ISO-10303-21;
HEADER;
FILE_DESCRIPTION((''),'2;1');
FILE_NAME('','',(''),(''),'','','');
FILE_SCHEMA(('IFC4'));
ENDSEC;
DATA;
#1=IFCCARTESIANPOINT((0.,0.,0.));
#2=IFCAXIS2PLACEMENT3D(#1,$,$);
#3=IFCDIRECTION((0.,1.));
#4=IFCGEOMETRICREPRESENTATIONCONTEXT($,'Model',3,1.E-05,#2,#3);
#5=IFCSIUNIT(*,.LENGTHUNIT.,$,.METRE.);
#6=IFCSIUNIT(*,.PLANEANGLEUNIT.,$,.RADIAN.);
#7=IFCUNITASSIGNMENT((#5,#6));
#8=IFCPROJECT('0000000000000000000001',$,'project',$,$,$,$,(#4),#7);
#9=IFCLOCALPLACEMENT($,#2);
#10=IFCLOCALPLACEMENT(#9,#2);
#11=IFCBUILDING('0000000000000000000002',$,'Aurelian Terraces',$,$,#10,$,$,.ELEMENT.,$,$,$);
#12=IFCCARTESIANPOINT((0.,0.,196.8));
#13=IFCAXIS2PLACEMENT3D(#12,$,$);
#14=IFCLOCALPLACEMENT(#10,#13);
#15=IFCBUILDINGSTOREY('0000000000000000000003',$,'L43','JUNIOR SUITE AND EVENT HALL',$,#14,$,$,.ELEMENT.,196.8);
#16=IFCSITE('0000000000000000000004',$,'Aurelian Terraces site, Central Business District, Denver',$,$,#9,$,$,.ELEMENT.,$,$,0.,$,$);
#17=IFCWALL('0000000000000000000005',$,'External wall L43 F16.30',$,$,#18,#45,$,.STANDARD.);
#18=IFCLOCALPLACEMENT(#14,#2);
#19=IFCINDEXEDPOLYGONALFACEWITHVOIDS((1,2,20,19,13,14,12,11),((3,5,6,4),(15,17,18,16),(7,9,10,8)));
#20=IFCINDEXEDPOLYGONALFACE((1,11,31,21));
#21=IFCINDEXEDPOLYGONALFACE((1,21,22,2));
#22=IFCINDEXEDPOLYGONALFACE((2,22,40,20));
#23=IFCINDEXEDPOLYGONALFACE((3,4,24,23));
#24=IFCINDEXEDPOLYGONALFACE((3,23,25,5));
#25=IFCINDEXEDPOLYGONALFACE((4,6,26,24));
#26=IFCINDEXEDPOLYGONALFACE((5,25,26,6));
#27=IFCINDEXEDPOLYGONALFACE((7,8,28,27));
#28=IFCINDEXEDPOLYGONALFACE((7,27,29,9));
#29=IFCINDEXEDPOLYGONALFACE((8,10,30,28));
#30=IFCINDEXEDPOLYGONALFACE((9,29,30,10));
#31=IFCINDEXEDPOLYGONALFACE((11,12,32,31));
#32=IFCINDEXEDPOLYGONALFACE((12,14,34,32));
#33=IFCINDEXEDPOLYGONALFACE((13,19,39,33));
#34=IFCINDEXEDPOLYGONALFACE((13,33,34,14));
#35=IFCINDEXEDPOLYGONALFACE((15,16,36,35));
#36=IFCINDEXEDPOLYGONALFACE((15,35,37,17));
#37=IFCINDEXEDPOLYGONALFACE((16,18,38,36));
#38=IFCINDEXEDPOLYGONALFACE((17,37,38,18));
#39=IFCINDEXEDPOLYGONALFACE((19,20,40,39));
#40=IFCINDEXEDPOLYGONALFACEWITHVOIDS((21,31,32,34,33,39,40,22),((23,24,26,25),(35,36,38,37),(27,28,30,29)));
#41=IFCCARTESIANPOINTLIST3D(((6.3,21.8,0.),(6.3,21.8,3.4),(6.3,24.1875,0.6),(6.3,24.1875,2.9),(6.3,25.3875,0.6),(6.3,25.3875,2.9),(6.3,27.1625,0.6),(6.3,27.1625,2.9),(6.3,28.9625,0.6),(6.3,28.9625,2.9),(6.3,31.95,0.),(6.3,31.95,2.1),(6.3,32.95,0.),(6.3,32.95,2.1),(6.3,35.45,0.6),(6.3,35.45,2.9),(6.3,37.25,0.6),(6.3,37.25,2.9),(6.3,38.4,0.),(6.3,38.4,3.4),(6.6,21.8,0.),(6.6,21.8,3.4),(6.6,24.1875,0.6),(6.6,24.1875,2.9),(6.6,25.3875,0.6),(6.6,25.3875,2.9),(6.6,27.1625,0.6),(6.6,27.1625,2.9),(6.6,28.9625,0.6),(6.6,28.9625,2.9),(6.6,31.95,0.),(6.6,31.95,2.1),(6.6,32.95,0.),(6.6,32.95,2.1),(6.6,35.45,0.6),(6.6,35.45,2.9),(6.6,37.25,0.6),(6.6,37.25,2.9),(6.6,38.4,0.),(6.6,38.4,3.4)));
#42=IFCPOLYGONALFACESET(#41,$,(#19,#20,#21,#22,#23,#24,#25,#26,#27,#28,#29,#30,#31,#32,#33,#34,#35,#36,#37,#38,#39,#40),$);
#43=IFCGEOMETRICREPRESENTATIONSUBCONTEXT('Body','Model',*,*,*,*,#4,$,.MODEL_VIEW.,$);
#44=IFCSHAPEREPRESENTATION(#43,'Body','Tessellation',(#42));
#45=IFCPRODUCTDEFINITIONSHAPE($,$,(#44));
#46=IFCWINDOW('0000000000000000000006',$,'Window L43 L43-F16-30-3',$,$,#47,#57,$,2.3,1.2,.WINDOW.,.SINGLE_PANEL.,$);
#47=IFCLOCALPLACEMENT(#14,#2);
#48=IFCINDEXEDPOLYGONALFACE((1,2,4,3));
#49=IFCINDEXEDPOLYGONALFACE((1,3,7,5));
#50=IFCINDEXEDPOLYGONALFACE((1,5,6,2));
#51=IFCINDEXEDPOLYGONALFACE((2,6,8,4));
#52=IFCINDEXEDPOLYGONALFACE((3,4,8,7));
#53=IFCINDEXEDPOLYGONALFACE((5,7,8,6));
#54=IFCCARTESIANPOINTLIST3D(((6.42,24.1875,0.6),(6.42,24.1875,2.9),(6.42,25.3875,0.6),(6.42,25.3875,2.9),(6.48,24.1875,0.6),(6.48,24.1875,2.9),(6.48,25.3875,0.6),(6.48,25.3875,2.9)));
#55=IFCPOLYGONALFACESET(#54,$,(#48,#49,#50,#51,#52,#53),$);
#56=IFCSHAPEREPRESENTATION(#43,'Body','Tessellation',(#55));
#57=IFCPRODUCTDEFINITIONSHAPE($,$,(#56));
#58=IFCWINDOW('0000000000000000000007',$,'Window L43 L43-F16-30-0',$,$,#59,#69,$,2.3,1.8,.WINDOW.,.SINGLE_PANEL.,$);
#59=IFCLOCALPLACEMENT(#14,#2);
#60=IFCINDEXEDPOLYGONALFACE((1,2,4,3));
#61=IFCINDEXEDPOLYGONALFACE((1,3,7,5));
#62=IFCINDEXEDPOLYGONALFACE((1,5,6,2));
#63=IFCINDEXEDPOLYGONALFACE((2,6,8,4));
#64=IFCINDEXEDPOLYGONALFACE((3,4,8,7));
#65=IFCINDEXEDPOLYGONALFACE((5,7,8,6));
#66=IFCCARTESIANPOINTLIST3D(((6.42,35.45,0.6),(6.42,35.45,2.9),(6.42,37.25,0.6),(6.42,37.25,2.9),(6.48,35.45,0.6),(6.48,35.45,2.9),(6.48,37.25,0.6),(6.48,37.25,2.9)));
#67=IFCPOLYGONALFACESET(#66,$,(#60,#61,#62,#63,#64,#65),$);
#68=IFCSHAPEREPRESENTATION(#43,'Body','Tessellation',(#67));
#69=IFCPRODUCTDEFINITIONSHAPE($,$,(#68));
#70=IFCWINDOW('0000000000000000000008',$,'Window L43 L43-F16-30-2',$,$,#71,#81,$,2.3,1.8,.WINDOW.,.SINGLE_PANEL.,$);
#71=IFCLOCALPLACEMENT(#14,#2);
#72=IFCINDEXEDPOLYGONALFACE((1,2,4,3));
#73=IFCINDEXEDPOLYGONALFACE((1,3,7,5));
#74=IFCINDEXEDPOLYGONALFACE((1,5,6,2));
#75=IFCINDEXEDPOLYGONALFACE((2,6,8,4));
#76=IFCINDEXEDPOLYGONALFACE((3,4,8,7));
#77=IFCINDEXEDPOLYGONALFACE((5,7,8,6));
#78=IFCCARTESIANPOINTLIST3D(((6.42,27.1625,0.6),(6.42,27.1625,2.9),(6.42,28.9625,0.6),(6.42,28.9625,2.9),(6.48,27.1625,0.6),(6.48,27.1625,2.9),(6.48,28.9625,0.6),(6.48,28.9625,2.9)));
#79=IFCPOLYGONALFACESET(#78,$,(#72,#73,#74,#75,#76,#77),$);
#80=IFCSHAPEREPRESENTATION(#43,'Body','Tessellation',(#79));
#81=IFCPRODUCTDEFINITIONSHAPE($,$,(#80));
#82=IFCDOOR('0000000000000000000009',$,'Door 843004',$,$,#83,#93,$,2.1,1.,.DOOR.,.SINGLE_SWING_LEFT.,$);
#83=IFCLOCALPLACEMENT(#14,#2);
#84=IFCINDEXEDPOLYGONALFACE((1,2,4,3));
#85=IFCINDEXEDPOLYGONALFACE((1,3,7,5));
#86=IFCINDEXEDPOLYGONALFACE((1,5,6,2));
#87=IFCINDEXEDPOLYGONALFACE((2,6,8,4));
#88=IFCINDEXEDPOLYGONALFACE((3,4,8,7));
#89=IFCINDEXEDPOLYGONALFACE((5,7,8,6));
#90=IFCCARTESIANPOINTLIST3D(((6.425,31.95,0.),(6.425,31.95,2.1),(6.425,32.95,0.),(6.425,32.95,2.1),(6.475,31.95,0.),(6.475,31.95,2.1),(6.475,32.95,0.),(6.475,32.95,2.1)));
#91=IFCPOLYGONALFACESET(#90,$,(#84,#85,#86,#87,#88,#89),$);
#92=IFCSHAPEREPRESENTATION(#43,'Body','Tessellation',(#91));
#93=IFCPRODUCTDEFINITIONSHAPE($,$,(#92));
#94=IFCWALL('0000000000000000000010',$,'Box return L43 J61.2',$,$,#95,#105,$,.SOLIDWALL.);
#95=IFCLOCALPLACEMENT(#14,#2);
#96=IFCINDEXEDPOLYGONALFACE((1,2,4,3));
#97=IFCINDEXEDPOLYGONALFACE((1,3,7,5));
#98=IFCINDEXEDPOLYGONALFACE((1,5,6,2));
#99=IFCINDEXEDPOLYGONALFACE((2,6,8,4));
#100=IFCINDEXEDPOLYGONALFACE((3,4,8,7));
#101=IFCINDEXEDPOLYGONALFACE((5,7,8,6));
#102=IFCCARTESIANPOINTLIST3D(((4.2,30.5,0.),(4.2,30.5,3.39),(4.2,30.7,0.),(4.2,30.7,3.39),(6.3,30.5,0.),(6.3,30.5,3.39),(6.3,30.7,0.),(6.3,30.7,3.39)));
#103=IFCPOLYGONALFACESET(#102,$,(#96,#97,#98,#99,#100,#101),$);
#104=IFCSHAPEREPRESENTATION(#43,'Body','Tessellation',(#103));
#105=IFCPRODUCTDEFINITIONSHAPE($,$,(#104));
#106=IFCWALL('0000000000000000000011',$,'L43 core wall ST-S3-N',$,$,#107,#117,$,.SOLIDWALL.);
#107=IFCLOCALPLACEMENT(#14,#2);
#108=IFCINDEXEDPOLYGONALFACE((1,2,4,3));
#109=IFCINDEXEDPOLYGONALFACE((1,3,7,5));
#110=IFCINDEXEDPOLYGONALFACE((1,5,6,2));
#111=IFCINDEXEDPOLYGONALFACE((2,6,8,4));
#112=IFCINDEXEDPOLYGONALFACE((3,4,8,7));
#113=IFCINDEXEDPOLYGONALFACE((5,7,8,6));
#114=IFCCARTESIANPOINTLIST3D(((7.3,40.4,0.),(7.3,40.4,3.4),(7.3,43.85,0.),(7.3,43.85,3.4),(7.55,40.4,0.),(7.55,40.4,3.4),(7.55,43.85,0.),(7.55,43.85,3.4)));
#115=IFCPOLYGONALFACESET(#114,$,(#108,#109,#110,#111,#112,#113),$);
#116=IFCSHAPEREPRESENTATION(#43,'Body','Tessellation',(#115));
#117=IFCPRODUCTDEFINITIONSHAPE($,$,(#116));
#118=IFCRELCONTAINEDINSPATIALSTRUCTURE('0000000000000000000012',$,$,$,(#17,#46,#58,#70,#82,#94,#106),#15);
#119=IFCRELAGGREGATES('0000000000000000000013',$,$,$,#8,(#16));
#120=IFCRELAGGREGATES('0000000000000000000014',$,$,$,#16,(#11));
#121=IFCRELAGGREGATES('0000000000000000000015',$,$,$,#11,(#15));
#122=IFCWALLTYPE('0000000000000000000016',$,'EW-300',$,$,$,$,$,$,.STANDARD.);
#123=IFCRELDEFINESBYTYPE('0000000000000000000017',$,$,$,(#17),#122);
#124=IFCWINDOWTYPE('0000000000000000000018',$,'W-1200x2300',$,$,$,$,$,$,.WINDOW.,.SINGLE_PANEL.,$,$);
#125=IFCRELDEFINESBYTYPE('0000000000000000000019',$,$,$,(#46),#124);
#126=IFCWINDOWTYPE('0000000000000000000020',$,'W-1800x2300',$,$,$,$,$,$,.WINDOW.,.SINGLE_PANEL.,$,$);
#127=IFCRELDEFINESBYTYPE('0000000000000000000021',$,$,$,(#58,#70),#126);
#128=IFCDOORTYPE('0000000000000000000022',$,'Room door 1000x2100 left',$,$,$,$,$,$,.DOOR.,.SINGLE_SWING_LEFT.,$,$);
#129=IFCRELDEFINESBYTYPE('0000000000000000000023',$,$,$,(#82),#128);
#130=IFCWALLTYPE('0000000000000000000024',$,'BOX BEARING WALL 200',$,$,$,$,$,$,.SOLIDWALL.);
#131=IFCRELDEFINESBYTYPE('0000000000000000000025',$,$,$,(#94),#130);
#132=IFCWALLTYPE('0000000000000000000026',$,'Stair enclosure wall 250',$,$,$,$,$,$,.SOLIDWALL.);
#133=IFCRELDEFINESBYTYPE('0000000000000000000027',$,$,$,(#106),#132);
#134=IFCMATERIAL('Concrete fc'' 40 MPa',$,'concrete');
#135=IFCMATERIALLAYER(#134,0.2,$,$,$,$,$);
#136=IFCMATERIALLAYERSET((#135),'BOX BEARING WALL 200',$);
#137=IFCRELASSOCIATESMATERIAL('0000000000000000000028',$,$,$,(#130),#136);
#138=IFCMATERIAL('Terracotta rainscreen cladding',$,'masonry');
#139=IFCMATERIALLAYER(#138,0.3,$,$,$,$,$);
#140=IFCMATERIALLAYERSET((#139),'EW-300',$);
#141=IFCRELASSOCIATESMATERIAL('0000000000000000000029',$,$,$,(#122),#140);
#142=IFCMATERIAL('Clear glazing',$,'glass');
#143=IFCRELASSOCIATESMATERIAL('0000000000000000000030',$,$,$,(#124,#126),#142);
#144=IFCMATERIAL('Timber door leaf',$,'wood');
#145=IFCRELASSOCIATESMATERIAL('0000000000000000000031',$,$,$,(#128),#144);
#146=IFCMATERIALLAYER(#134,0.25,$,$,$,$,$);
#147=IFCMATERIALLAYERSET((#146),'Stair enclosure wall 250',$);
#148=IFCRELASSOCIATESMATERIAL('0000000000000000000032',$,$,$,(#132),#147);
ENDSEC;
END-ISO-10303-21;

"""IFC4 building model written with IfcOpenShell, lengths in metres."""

from ifc_helpers import new_model, si_unit, direction, frame, frame_2d, origin, place, context, subcontext, project, spatial, rectangle, extrude, source, transform, mapped, material, layer, layer_set, type_object, element, fill, save


model = new_model("IFC4")

# Units and contexts
model_context = context("Model", 3, precision=1e-05, world=origin(), true_north=direction((0.0, 1.0)))
body_context = subcontext(model_context, "Body", "Model", "MODEL_VIEW")
ifc_project = project(units=[si_unit("LENGTHUNIT", "METRE"), si_unit("PLANEANGLEUNIT", "RADIAN")], contexts=[model_context])

# Site, building, storey
site_placement = place(None, origin())
site = spatial("IfcSite", under=ifc_project, at=site_placement, Name="Aurelian Terraces site, Central Business District, Denver", CompositionType="ELEMENT", RefElevation=0.0)
building_placement = place(site_placement, origin())
building = spatial("IfcBuilding", under=site, at=building_placement, Name="Aurelian Terraces", CompositionType="ELEMENT")
storey_placement = place(building_placement, frame((0.0, 0.0, 196.8)))
storey = spatial("IfcBuildingStorey", under=building, at=storey_placement, Name="L43", Description="JUNIOR SUITE AND EVENT HALL", CompositionType="ELEMENT", Elevation=196.8)

# Shared definitions
ifc_material_1 = material(Name="Concrete fc' 40 MPa", Category="concrete")
ifc_layer_1 = layer(ifc_material_1, 0.2)
ifc_layer_set_1 = layer_set([ifc_layer_1], Name="BOX BEARING WALL 200")
wall_type_1 = type_object("IfcWallType", Name="BOX BEARING WALL 200", PredefinedType="SOLIDWALL", material=ifc_layer_set_1)

# Shared definitions
ifc_material_2 = material(Name="Clear glazing", Category="glass")

# Wall, openings, windows, door
ifc_material_3 = material(Name="Terracotta rainscreen cladding", Category="masonry")
ifc_layer_2 = layer(ifc_material_3, 0.3)
ifc_layer_set_2 = layer_set([ifc_layer_2], Name="EW-300")
wall_type_2 = type_object("IfcWallType", Name="EW-300", PredefinedType="STANDARD", material=ifc_layer_set_2)
shared_shape_1 = source(origin(), body_context, "Body", "SweptSolid", [
    extrude(rectangle(XDim=16.6, YDim=0.3, at=frame_2d((8.3, 0.0))), origin(), (0.0, 0.0, 1.0), 3.4),
])
wall_1_placement = place(storey_placement, frame((6.45, 38.4, 0.0), z_axis=(0.0, 0.0, 1.0), x_axis=(0.0, -1.0, 0.0)))
wall_1 = element("IfcWall", 1, at=wall_1_placement, inside=storey, type_object=wall_type_2, Name="External wall L43 F16.30", PredefinedType="STANDARD", context=body_context, shape_type="MappedRepresentation", body=[
    mapped(shared_shape_1, transform((0.0, 0.0, 0.0), scale=1.0)),
])
shared_shape_2 = source(origin(), body_context, "Body", "SweptSolid", [
    extrude(rectangle(XDim=1.8, YDim=2.3, at=frame_2d((0.9, 1.15))), frame((0.0, 0.16, 0.0), z_axis=(0.0, -1.0, 0.0), x_axis=(1.0, 0.0, 0.0)), (0.0, 0.0, 1.0), 0.32),
])
opening_1_placement = place(wall_1_placement, frame((1.15, 0.0, 0.6)))
opening_1 = element("IfcOpeningElement", 2, at=opening_1_placement, cuts=wall_1, PredefinedType="OPENING", context=body_context, shape_type="MappedRepresentation", body=[
    mapped(shared_shape_2, transform((0.0, 0.0, 0.0), scale=1.0)),
])
opening_2_placement = place(wall_1_placement, frame((9.4375, 0.0, 0.6)))
opening_2 = element("IfcOpeningElement", 3, at=opening_2_placement, cuts=wall_1, PredefinedType="OPENING", context=body_context, shape_type="MappedRepresentation", body=[
    mapped(shared_shape_2, transform((0.0, 0.0, 0.0), scale=1.0)),
])
shared_shape_3 = source(origin(), body_context, "Body", "SweptSolid", [
    extrude(rectangle(XDim=1.2, YDim=2.3, at=frame_2d((0.6, 1.15))), frame((0.0, 0.16, 0.0), z_axis=(0.0, -1.0, 0.0), x_axis=(1.0, 0.0, 0.0)), (0.0, 0.0, 1.0), 0.32),
])
opening_3_placement = place(wall_1_placement, frame((13.0125, 0.0, 0.6)))
opening_3 = element("IfcOpeningElement", 4, at=opening_3_placement, cuts=wall_1, PredefinedType="OPENING", context=body_context, shape_type="MappedRepresentation", body=[
    mapped(shared_shape_3, transform((0.0, 0.0, 0.0), scale=1.0)),
])
shared_shape_4 = source(origin(), body_context, "Body", "SweptSolid", [
    extrude(rectangle(XDim=1.0, YDim=2.1, at=frame_2d((0.5, 1.05))), frame((0.0, 0.16, 0.0), z_axis=(0.0, -1.0, 0.0), x_axis=(1.0, 0.0, 0.0)), (0.0, 0.0, 1.0), 0.32),
])
opening_4_placement = place(wall_1_placement, frame((5.45, 0.0, 0.0)))
opening_4 = element("IfcOpeningElement", 5, at=opening_4_placement, cuts=wall_1, PredefinedType="OPENING", context=body_context, shape_type="MappedRepresentation", body=[
    mapped(shared_shape_4, transform((0.0, 0.0, 0.0), scale=1.0)),
])
window_type_1 = type_object("IfcWindowType", Name="W-1200x2300", PartitioningType="SINGLE_PANEL", PredefinedType="WINDOW", material=ifc_material_2)
shared_shape_5 = source(origin(), body_context, "Body", "SweptSolid", [
    extrude(rectangle(XDim=1.2, YDim=2.3, at=frame_2d((0.6, 1.15))), frame((0.0, 0.03, 0.0), z_axis=(0.0, -1.0, 0.0), x_axis=(1.0, 0.0, 0.0)), (0.0, 0.0, 1.0), 0.06),
])
window_1_placement = place(opening_3_placement, origin())
window_1 = element("IfcWindow", 6, at=window_1_placement, inside=storey, type_object=window_type_1, Name="Window L43 L43-F16-30-3", OverallHeight=2.3, OverallWidth=1.2, PartitioningType="SINGLE_PANEL", PredefinedType="WINDOW", context=body_context, shape_type="MappedRepresentation", body=[
    mapped(shared_shape_5, transform((0.0, 0.0, 0.0), scale=1.0)),
])
fill(opening_3, window_1)
window_type_2 = type_object("IfcWindowType", Name="W-1800x2300", PartitioningType="SINGLE_PANEL", PredefinedType="WINDOW", material=ifc_material_2)
shared_shape_6 = source(origin(), body_context, "Body", "SweptSolid", [
    extrude(rectangle(XDim=1.8, YDim=2.3, at=frame_2d((0.9, 1.15))), frame((0.0, 0.03, 0.0), z_axis=(0.0, -1.0, 0.0), x_axis=(1.0, 0.0, 0.0)), (0.0, 0.0, 1.0), 0.06),
])
window_2_placement = place(opening_1_placement, origin())
window_2 = element("IfcWindow", 7, at=window_2_placement, inside=storey, type_object=window_type_2, Name="Window L43 L43-F16-30-0", OverallHeight=2.3, OverallWidth=1.8, PartitioningType="SINGLE_PANEL", PredefinedType="WINDOW", context=body_context, shape_type="MappedRepresentation", body=[
    mapped(shared_shape_6, transform((0.0, 0.0, 0.0), scale=1.0)),
])
fill(opening_1, window_2)
window_3_placement = place(opening_2_placement, origin())
window_3 = element("IfcWindow", 8, at=window_3_placement, inside=storey, type_object=window_type_2, Name="Window L43 L43-F16-30-2", OverallHeight=2.3, OverallWidth=1.8, PartitioningType="SINGLE_PANEL", PredefinedType="WINDOW", context=body_context, shape_type="MappedRepresentation", body=[
    mapped(shared_shape_6, transform((0.0, 0.0, 0.0), scale=1.0)),
])
fill(opening_2, window_3)
ifc_material_4 = material(Name="Timber door leaf", Category="wood")
door_type_1 = type_object("IfcDoorType", Name="Room door 1000x2100 left", OperationType="SINGLE_SWING_LEFT", PredefinedType="DOOR", material=ifc_material_4)
shared_shape_7 = source(origin(), body_context, "Body", "SweptSolid", [
    extrude(rectangle(XDim=1.0, YDim=2.1, at=frame_2d((0.5, 1.05))), frame((0.0, 0.025, 0.0), z_axis=(0.0, -1.0, 0.0), x_axis=(1.0, 0.0, 0.0)), (0.0, 0.0, 1.0), 0.05),
])
door_1_placement = place(opening_4_placement, origin())
door_1 = element("IfcDoor", 9, at=door_1_placement, inside=storey, type_object=door_type_1, Name="Door 843004", OperationType="SINGLE_SWING_LEFT", OverallHeight=2.1, OverallWidth=1.0, PredefinedType="DOOR", context=body_context, shape_type="MappedRepresentation", body=[
    mapped(shared_shape_7, transform((0.0, 0.0, 0.0), scale=1.0)),
])
fill(opening_4, door_1)

# Walls
shared_shape_8 = source(origin(), body_context, "Body", "SweptSolid", [
    extrude(rectangle(XDim=2.1, YDim=0.2, at=frame_2d((1.05, 0.0))), origin(), (0.0, 0.0, 1.0), 3.39),
])
wall_2_placement = place(storey_placement, frame((6.3, 30.6, 0.0), z_axis=(0.0, 0.0, 1.0), x_axis=(-1.0, 0.0, 0.0)))
element("IfcWall", 10, at=wall_2_placement, inside=storey, type_object=wall_type_1, Name="Box return L43 J61.2", PredefinedType="SOLIDWALL", context=body_context, shape_type="MappedRepresentation", body=[
    mapped(shared_shape_8, transform((0.0, 0.0, 0.0), scale=1.0)),
])
ifc_layer_3 = layer(ifc_material_1, 0.25)
ifc_layer_set_3 = layer_set([ifc_layer_3], Name="Stair enclosure wall 250")
wall_type_3 = type_object("IfcWallType", Name="Stair enclosure wall 250", PredefinedType="SOLIDWALL", material=ifc_layer_set_3)
shared_shape_9 = source(origin(), body_context, "Body", "SweptSolid", [
    extrude(rectangle(XDim=3.45, YDim=0.25, at=frame_2d((1.725, 0.0))), origin(), (0.0, 0.0, 1.0), 3.4),
])
wall_3_placement = place(storey_placement, frame((7.425, 40.4, 0.0), z_axis=(0.0, 0.0, 1.0), x_axis=(0.0, 1.0, 0.0)))
element("IfcWall", 11, at=wall_3_placement, inside=storey, type_object=wall_type_3, Name="L43 core wall ST-S3-N", PredefinedType="SOLIDWALL", context=body_context, shape_type="MappedRepresentation", body=[
    mapped(shared_shape_9, transform((0.0, 0.0, 0.0), scale=1.0)),
])

save(model, "model.ifc")
